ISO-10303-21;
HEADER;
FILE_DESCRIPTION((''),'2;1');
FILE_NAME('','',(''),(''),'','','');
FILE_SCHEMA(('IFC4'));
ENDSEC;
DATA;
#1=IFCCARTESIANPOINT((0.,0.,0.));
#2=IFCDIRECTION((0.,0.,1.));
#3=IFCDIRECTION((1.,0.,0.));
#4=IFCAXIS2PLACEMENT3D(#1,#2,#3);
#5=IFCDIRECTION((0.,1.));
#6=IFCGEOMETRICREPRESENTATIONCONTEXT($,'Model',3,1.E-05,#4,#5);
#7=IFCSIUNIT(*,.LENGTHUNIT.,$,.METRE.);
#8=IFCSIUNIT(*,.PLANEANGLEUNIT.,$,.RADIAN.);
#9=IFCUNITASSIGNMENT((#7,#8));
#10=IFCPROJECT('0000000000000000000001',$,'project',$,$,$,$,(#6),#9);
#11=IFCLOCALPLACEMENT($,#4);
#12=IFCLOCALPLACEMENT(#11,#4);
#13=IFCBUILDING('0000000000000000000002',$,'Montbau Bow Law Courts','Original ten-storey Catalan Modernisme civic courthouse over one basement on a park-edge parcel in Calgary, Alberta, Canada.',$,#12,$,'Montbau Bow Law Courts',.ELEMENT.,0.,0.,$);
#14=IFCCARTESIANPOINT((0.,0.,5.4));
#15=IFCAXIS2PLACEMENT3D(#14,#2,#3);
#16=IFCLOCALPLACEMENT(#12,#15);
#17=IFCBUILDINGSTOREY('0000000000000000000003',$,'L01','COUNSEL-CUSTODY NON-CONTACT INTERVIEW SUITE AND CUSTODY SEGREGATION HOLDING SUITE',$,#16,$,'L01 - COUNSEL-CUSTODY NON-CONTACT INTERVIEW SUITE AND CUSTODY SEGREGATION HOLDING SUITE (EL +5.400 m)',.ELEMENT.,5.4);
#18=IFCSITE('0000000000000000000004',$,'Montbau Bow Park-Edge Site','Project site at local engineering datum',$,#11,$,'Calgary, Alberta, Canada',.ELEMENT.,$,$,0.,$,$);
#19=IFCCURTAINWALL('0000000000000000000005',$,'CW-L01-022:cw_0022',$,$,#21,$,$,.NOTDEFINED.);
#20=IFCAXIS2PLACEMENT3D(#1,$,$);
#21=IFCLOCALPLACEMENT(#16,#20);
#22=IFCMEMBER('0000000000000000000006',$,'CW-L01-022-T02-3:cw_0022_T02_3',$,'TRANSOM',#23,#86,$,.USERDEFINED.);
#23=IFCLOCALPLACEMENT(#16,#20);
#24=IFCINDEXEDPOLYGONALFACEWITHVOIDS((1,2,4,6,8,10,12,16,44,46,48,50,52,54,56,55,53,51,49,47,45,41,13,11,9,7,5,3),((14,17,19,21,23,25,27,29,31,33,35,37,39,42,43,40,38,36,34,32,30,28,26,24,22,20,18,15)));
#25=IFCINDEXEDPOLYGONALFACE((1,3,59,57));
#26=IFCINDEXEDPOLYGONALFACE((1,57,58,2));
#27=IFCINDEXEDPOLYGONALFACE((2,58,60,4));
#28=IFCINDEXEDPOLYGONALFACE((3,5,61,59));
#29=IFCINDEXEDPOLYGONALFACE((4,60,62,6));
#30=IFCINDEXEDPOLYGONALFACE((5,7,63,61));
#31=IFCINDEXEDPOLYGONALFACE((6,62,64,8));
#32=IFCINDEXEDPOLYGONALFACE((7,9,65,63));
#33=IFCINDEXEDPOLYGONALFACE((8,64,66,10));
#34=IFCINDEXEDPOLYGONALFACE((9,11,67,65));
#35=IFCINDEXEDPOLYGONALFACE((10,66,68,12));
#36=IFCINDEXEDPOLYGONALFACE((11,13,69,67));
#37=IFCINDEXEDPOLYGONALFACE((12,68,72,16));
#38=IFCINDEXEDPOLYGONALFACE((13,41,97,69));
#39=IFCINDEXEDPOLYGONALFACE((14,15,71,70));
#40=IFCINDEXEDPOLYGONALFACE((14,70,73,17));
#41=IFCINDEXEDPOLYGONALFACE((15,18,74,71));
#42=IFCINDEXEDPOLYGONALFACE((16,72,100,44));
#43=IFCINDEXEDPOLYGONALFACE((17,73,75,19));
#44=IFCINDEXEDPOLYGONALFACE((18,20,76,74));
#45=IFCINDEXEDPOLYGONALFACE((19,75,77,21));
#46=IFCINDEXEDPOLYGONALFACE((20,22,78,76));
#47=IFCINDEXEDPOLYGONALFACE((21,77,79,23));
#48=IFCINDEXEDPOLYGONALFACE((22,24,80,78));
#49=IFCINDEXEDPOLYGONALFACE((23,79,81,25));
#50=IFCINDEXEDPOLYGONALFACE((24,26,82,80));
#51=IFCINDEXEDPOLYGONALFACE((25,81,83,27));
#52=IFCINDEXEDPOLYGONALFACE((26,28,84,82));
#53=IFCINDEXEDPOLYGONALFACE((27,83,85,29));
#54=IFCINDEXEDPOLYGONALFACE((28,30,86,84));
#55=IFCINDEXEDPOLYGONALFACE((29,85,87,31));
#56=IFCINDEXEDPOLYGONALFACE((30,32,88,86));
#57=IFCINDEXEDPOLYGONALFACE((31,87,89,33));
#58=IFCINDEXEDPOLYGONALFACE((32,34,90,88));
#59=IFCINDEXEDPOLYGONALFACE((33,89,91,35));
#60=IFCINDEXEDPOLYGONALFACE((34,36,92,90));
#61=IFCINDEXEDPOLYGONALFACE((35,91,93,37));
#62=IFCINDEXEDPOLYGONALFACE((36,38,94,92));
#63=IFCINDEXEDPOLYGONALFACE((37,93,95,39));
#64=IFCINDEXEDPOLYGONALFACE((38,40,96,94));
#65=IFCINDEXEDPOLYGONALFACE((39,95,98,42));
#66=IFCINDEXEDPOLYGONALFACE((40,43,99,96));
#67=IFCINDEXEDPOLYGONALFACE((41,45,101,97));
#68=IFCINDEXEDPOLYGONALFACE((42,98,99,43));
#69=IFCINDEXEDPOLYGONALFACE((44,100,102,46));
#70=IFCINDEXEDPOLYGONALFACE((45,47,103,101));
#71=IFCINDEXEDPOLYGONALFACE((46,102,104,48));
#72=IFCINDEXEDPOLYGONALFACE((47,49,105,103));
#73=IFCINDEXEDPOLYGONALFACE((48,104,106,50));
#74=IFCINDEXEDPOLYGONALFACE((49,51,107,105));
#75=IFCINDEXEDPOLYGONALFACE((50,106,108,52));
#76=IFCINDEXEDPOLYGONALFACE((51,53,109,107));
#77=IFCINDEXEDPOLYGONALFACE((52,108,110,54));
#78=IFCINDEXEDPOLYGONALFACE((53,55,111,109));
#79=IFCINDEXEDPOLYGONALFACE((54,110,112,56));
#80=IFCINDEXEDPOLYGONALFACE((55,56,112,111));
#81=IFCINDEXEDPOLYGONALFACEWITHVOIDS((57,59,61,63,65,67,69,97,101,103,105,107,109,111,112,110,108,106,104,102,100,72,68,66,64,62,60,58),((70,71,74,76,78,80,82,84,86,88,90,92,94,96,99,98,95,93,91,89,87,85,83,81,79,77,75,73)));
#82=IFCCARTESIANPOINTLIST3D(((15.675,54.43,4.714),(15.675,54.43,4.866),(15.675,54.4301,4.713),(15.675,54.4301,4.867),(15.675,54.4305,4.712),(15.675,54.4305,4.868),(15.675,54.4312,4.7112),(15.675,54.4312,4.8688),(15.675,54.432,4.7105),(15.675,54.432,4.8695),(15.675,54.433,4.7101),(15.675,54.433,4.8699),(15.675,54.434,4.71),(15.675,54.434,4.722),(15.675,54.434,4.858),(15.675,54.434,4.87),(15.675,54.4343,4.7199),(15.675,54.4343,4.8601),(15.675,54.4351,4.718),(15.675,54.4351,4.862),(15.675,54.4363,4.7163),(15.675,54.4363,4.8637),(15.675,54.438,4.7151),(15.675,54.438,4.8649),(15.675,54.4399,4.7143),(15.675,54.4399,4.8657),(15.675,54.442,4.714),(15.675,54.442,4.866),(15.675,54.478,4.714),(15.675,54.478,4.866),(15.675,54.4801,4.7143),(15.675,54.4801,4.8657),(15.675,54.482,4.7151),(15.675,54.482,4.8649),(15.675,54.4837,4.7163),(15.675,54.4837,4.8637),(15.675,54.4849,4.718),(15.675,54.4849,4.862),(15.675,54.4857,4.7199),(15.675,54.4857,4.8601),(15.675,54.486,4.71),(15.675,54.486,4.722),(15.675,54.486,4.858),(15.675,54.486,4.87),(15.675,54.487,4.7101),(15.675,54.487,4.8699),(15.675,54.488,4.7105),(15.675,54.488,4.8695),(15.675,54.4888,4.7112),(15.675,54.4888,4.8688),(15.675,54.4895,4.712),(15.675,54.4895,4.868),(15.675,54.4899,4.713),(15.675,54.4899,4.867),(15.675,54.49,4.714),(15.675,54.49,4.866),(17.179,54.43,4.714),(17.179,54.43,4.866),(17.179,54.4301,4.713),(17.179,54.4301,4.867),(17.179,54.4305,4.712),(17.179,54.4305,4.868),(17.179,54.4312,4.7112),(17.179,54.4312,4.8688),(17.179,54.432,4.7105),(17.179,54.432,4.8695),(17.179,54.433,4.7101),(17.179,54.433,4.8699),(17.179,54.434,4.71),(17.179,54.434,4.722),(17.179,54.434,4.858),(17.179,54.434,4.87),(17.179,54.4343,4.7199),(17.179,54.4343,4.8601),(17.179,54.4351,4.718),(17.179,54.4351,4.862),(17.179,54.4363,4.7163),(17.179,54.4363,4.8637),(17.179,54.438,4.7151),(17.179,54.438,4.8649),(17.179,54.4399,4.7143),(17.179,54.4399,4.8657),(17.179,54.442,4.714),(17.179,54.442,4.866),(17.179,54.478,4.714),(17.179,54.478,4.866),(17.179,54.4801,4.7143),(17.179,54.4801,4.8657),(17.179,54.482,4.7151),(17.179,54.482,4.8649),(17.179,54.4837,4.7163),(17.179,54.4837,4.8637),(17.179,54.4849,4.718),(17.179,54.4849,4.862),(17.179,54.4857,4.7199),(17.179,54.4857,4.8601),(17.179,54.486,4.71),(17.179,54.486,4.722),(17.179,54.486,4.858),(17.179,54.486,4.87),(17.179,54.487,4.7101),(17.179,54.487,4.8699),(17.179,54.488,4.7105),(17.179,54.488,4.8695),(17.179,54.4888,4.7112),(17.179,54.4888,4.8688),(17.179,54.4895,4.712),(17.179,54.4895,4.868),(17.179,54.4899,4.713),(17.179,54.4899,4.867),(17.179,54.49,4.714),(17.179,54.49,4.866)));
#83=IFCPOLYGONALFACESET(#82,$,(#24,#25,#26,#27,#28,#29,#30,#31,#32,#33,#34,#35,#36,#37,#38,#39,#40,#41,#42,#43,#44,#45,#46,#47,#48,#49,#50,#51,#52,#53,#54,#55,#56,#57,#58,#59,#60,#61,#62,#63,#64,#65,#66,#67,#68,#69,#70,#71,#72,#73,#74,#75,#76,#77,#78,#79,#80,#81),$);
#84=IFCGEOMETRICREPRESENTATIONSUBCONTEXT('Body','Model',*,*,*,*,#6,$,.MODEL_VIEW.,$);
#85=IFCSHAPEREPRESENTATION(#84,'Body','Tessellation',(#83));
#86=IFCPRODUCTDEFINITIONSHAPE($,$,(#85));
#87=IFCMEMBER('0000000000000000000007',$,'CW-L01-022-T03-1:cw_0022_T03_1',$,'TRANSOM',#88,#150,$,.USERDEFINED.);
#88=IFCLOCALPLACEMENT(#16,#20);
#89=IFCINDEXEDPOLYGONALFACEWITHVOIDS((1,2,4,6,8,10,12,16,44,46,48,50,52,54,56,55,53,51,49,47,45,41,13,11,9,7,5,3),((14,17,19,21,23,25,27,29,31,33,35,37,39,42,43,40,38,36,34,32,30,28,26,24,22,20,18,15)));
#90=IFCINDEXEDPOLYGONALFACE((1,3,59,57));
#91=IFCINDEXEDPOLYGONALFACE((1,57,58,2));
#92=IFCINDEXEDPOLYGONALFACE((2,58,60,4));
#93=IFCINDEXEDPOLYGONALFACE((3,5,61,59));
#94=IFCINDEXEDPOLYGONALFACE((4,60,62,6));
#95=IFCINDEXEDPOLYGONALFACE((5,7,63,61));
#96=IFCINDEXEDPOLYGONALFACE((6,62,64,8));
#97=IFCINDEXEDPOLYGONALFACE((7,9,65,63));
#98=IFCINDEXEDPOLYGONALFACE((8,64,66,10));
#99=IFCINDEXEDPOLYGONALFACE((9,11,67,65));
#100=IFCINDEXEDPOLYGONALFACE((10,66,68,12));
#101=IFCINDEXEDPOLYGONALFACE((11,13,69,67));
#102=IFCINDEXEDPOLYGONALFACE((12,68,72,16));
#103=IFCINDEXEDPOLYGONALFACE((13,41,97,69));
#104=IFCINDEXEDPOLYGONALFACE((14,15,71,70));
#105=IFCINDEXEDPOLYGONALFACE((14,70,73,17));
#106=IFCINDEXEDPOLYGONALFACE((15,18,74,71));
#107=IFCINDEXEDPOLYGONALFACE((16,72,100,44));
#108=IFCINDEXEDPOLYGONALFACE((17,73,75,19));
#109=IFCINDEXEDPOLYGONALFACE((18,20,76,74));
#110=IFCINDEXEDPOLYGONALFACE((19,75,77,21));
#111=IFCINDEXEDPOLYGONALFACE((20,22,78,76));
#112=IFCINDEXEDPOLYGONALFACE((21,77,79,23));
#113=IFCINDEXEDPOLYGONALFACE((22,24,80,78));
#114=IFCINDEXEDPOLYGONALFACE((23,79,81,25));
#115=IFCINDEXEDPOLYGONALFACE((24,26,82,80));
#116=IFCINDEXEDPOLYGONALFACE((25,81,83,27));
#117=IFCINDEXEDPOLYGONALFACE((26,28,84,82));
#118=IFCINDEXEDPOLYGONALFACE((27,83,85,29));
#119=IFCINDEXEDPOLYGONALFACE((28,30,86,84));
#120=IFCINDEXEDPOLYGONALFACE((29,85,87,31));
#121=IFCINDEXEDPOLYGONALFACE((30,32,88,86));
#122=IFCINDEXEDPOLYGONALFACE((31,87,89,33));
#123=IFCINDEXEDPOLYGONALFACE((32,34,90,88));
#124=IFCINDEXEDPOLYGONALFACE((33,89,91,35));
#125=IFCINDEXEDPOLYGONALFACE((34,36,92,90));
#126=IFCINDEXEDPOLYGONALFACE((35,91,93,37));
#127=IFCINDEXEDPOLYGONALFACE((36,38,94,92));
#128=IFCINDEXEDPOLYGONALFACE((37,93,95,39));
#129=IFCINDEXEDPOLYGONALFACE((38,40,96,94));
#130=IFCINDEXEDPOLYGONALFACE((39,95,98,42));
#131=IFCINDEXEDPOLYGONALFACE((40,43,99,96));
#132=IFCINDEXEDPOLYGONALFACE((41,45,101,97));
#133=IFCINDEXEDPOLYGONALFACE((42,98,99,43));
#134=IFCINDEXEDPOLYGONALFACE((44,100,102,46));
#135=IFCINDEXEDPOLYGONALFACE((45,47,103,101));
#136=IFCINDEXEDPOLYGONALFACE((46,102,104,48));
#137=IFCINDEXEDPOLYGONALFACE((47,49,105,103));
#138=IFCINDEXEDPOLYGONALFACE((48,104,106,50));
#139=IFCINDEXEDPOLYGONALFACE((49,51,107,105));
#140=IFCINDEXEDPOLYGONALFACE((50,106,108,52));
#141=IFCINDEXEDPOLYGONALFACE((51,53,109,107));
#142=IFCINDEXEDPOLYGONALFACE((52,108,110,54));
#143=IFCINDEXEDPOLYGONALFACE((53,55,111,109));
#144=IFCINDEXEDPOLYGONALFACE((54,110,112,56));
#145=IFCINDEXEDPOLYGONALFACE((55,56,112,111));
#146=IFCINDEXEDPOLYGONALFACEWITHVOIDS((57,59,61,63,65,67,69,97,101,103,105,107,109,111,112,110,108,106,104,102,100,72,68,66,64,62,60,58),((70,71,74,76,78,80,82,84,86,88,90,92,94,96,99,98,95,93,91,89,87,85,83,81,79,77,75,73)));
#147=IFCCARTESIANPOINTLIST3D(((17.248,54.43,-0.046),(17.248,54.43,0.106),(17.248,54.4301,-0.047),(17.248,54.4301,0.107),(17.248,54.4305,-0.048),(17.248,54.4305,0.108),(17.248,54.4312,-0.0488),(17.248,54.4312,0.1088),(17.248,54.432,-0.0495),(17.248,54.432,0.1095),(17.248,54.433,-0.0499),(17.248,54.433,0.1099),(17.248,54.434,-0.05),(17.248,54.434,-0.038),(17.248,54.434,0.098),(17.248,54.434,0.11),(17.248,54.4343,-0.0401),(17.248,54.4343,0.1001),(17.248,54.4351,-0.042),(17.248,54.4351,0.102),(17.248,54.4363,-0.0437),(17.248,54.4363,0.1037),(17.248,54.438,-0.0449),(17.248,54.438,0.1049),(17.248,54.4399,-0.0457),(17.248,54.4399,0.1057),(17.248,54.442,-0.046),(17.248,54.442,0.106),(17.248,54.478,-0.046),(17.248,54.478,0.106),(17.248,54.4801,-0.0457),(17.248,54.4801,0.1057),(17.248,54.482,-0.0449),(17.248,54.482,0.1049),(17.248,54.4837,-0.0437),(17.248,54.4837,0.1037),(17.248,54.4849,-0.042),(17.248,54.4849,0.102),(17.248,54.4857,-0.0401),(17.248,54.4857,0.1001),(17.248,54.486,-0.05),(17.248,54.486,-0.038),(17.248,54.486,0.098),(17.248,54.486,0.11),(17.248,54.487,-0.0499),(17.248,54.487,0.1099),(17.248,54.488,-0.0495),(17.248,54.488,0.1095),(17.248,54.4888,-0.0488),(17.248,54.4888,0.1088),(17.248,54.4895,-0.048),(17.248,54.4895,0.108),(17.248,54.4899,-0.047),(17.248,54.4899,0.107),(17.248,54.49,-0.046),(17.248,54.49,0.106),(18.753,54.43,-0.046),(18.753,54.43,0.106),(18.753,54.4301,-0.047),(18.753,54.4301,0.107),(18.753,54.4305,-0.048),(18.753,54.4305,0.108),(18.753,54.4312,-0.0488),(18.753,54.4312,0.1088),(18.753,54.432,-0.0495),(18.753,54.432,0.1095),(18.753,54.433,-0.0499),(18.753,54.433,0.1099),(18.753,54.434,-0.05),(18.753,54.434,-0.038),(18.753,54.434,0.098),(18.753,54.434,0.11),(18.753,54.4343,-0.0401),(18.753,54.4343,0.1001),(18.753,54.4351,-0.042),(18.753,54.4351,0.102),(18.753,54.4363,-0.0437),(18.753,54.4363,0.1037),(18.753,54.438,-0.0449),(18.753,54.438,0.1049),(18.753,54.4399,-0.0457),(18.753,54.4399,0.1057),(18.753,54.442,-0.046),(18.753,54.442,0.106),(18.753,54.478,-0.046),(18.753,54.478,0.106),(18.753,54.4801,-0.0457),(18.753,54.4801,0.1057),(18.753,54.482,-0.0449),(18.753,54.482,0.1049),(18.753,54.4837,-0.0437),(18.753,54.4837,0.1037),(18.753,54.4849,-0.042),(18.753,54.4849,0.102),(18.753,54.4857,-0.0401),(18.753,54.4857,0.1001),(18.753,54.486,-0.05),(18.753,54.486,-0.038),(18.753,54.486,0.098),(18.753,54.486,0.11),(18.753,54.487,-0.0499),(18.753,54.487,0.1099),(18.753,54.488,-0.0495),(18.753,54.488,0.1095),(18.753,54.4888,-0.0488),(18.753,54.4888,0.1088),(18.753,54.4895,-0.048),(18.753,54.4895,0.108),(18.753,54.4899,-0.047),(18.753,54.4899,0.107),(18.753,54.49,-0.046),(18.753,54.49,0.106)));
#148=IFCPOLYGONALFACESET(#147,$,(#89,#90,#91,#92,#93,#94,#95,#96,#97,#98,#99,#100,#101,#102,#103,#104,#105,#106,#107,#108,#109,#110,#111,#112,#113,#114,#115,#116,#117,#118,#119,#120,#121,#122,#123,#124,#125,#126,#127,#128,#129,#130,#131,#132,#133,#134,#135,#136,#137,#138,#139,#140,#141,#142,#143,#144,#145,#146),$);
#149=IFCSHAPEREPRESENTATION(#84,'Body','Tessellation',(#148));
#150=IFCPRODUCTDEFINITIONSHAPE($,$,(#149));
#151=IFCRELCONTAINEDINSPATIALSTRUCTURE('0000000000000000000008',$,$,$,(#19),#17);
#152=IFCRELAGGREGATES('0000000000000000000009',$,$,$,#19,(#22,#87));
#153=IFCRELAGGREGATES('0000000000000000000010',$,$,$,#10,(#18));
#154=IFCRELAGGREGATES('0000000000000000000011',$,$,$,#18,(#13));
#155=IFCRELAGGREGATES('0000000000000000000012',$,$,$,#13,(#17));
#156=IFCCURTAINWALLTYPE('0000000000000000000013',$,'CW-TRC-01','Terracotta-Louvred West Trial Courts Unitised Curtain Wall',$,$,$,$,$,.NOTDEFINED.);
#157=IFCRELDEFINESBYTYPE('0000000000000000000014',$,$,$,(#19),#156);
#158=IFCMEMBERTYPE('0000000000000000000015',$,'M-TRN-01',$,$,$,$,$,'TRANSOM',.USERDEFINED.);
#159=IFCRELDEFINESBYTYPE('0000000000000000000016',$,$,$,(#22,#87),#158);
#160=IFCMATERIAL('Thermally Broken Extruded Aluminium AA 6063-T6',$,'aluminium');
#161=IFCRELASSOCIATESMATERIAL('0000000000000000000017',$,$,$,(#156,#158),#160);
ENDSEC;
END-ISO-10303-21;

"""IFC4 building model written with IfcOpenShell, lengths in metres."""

from ifc_helpers import new_model, si_unit, direction, frame, origin_with_axes, origin_2d_with_axis, place, context, subcontext, project, spatial, hollow_rectangle, extrude, material, material_profile, profile_set, type_object, element, aggregate, save


model = new_model("IFC4")

# Units and contexts
model_context = context("Model", 3, precision=1e-05, world=origin_with_axes(), true_north=direction((0.0, 1.0)))
body_context = subcontext(model_context, "Body", "Model", "MODEL_VIEW")
ifc_project = project(units=[si_unit("LENGTHUNIT", "METRE"), si_unit("PLANEANGLEUNIT", "RADIAN")], contexts=[model_context])

# Site, building, storey
site_placement = place(None, origin_with_axes())
site = spatial("IfcSite", under=ifc_project, at=site_placement, Name="Montbau Bow Park-Edge Site", Description="Project site at local engineering datum", LongName="Calgary, Alberta, Canada", CompositionType="ELEMENT", RefElevation=0.0)
building_placement = place(site_placement, origin_with_axes())
building = spatial("IfcBuilding", under=site, at=building_placement, Name="Montbau Bow Law Courts", Description="Original ten-storey Catalan Modernisme civic courthouse over one basement on a park-edge parcel in Calgary, Alberta, Canada.", LongName="Montbau Bow Law Courts", CompositionType="ELEMENT", ElevationOfRefHeight=0.0, ElevationOfTerrain=0.0)
storey_placement = place(building_placement, frame((0.0, 0.0, 5.4), z_axis=(0.0, 0.0, 1.0), x_axis=(1.0, 0.0, 0.0)))
storey = spatial("IfcBuildingStorey", under=building, at=storey_placement, Name="L01", Description="COUNSEL-CUSTODY NON-CONTACT INTERVIEW SUITE AND CUSTODY SEGREGATION HOLDING SUITE", LongName="L01 - COUNSEL-CUSTODY NON-CONTACT INTERVIEW SUITE AND CUSTODY SEGREGATION HOLDING SUITE (EL +5.400 m)", CompositionType="ELEMENT", Elevation=5.4)

# Curtain wall, members
ifc_material_1 = material(Name="Thermally Broken Extruded Aluminium AA 6063-T6", Category="aluminium")
curtain_wall_type = type_object("IfcCurtainWallType", Name="CW-TRC-01", Description="Terracotta-Louvred West Trial Courts Unitised Curtain Wall", PredefinedType="NOTDEFINED", material=ifc_material_1)
curtain_wall_placement = place(None, frame((14.068, 54.46, 5.4), z_axis=(0.0, 0.0, 1.0), x_axis=(1.0, 0.0, 0.0)))
curtain_wall = element("IfcCurtainWall", 1, at=curtain_wall_placement, inside=storey, type_object=curtain_wall_type, Name="CW-L01-022:cw_0022", PredefinedType="NOTDEFINED")
ifc_material_profile_1 = material_profile(ifc_material_1, hollow_rectangle(XDim=0.06, YDim=0.16, WallThickness=0.004, InnerFilletRadius=0.008, OuterFilletRadius=0.004, at=origin_2d_with_axis()), Name="CWT-160X60", Category="Main", Priority=0)
ifc_profile_set_1 = profile_set([ifc_material_profile_1], Name="Thermally Broken Extruded Aluminium AA 6063-T6")
member_type_1 = type_object("IfcMemberType", Name="M-TRN-01", ElementType="TRANSOM", PredefinedType="USERDEFINED", material=ifc_profile_set_1)
member_1_placement = place(None, frame((15.675, 54.46, 10.19), z_axis=(1.0, 0.0, 0.0), x_axis=(0.0, 1.0, 0.0)))
member_1 = element("IfcMember", 2, at=member_1_placement, type_object=member_type_1, Name="CW-L01-022-T02-3:cw_0022_T02_3", ObjectType="TRANSOM", PredefinedType="USERDEFINED", context=body_context, shape_type="SweptSolid", body=[
    extrude(hollow_rectangle(XDim=0.06, YDim=0.16, WallThickness=0.004, InnerFilletRadius=0.008, OuterFilletRadius=0.004, at=origin_2d_with_axis()), origin_with_axes(), (0.0, 0.0, 1.0), 1.504),
])
member_2_placement = place(None, frame((17.248, 54.46, 5.43), z_axis=(1.0, 0.0, 0.0), x_axis=(0.0, 1.0, 0.0)))
member_2 = element("IfcMember", 3, at=member_2_placement, type_object=member_type_1, Name="CW-L01-022-T03-1:cw_0022_T03_1", ObjectType="TRANSOM", PredefinedType="USERDEFINED", context=body_context, shape_type="SweptSolid", body=[
    extrude(hollow_rectangle(XDim=0.06, YDim=0.16, WallThickness=0.004, InnerFilletRadius=0.008, OuterFilletRadius=0.004, at=origin_2d_with_axis()), origin_with_axes(), (0.0, 0.0, 1.0), 1.505),
])
aggregate(curtain_wall, [member_1, member_2])

save(model, "model.ifc")
